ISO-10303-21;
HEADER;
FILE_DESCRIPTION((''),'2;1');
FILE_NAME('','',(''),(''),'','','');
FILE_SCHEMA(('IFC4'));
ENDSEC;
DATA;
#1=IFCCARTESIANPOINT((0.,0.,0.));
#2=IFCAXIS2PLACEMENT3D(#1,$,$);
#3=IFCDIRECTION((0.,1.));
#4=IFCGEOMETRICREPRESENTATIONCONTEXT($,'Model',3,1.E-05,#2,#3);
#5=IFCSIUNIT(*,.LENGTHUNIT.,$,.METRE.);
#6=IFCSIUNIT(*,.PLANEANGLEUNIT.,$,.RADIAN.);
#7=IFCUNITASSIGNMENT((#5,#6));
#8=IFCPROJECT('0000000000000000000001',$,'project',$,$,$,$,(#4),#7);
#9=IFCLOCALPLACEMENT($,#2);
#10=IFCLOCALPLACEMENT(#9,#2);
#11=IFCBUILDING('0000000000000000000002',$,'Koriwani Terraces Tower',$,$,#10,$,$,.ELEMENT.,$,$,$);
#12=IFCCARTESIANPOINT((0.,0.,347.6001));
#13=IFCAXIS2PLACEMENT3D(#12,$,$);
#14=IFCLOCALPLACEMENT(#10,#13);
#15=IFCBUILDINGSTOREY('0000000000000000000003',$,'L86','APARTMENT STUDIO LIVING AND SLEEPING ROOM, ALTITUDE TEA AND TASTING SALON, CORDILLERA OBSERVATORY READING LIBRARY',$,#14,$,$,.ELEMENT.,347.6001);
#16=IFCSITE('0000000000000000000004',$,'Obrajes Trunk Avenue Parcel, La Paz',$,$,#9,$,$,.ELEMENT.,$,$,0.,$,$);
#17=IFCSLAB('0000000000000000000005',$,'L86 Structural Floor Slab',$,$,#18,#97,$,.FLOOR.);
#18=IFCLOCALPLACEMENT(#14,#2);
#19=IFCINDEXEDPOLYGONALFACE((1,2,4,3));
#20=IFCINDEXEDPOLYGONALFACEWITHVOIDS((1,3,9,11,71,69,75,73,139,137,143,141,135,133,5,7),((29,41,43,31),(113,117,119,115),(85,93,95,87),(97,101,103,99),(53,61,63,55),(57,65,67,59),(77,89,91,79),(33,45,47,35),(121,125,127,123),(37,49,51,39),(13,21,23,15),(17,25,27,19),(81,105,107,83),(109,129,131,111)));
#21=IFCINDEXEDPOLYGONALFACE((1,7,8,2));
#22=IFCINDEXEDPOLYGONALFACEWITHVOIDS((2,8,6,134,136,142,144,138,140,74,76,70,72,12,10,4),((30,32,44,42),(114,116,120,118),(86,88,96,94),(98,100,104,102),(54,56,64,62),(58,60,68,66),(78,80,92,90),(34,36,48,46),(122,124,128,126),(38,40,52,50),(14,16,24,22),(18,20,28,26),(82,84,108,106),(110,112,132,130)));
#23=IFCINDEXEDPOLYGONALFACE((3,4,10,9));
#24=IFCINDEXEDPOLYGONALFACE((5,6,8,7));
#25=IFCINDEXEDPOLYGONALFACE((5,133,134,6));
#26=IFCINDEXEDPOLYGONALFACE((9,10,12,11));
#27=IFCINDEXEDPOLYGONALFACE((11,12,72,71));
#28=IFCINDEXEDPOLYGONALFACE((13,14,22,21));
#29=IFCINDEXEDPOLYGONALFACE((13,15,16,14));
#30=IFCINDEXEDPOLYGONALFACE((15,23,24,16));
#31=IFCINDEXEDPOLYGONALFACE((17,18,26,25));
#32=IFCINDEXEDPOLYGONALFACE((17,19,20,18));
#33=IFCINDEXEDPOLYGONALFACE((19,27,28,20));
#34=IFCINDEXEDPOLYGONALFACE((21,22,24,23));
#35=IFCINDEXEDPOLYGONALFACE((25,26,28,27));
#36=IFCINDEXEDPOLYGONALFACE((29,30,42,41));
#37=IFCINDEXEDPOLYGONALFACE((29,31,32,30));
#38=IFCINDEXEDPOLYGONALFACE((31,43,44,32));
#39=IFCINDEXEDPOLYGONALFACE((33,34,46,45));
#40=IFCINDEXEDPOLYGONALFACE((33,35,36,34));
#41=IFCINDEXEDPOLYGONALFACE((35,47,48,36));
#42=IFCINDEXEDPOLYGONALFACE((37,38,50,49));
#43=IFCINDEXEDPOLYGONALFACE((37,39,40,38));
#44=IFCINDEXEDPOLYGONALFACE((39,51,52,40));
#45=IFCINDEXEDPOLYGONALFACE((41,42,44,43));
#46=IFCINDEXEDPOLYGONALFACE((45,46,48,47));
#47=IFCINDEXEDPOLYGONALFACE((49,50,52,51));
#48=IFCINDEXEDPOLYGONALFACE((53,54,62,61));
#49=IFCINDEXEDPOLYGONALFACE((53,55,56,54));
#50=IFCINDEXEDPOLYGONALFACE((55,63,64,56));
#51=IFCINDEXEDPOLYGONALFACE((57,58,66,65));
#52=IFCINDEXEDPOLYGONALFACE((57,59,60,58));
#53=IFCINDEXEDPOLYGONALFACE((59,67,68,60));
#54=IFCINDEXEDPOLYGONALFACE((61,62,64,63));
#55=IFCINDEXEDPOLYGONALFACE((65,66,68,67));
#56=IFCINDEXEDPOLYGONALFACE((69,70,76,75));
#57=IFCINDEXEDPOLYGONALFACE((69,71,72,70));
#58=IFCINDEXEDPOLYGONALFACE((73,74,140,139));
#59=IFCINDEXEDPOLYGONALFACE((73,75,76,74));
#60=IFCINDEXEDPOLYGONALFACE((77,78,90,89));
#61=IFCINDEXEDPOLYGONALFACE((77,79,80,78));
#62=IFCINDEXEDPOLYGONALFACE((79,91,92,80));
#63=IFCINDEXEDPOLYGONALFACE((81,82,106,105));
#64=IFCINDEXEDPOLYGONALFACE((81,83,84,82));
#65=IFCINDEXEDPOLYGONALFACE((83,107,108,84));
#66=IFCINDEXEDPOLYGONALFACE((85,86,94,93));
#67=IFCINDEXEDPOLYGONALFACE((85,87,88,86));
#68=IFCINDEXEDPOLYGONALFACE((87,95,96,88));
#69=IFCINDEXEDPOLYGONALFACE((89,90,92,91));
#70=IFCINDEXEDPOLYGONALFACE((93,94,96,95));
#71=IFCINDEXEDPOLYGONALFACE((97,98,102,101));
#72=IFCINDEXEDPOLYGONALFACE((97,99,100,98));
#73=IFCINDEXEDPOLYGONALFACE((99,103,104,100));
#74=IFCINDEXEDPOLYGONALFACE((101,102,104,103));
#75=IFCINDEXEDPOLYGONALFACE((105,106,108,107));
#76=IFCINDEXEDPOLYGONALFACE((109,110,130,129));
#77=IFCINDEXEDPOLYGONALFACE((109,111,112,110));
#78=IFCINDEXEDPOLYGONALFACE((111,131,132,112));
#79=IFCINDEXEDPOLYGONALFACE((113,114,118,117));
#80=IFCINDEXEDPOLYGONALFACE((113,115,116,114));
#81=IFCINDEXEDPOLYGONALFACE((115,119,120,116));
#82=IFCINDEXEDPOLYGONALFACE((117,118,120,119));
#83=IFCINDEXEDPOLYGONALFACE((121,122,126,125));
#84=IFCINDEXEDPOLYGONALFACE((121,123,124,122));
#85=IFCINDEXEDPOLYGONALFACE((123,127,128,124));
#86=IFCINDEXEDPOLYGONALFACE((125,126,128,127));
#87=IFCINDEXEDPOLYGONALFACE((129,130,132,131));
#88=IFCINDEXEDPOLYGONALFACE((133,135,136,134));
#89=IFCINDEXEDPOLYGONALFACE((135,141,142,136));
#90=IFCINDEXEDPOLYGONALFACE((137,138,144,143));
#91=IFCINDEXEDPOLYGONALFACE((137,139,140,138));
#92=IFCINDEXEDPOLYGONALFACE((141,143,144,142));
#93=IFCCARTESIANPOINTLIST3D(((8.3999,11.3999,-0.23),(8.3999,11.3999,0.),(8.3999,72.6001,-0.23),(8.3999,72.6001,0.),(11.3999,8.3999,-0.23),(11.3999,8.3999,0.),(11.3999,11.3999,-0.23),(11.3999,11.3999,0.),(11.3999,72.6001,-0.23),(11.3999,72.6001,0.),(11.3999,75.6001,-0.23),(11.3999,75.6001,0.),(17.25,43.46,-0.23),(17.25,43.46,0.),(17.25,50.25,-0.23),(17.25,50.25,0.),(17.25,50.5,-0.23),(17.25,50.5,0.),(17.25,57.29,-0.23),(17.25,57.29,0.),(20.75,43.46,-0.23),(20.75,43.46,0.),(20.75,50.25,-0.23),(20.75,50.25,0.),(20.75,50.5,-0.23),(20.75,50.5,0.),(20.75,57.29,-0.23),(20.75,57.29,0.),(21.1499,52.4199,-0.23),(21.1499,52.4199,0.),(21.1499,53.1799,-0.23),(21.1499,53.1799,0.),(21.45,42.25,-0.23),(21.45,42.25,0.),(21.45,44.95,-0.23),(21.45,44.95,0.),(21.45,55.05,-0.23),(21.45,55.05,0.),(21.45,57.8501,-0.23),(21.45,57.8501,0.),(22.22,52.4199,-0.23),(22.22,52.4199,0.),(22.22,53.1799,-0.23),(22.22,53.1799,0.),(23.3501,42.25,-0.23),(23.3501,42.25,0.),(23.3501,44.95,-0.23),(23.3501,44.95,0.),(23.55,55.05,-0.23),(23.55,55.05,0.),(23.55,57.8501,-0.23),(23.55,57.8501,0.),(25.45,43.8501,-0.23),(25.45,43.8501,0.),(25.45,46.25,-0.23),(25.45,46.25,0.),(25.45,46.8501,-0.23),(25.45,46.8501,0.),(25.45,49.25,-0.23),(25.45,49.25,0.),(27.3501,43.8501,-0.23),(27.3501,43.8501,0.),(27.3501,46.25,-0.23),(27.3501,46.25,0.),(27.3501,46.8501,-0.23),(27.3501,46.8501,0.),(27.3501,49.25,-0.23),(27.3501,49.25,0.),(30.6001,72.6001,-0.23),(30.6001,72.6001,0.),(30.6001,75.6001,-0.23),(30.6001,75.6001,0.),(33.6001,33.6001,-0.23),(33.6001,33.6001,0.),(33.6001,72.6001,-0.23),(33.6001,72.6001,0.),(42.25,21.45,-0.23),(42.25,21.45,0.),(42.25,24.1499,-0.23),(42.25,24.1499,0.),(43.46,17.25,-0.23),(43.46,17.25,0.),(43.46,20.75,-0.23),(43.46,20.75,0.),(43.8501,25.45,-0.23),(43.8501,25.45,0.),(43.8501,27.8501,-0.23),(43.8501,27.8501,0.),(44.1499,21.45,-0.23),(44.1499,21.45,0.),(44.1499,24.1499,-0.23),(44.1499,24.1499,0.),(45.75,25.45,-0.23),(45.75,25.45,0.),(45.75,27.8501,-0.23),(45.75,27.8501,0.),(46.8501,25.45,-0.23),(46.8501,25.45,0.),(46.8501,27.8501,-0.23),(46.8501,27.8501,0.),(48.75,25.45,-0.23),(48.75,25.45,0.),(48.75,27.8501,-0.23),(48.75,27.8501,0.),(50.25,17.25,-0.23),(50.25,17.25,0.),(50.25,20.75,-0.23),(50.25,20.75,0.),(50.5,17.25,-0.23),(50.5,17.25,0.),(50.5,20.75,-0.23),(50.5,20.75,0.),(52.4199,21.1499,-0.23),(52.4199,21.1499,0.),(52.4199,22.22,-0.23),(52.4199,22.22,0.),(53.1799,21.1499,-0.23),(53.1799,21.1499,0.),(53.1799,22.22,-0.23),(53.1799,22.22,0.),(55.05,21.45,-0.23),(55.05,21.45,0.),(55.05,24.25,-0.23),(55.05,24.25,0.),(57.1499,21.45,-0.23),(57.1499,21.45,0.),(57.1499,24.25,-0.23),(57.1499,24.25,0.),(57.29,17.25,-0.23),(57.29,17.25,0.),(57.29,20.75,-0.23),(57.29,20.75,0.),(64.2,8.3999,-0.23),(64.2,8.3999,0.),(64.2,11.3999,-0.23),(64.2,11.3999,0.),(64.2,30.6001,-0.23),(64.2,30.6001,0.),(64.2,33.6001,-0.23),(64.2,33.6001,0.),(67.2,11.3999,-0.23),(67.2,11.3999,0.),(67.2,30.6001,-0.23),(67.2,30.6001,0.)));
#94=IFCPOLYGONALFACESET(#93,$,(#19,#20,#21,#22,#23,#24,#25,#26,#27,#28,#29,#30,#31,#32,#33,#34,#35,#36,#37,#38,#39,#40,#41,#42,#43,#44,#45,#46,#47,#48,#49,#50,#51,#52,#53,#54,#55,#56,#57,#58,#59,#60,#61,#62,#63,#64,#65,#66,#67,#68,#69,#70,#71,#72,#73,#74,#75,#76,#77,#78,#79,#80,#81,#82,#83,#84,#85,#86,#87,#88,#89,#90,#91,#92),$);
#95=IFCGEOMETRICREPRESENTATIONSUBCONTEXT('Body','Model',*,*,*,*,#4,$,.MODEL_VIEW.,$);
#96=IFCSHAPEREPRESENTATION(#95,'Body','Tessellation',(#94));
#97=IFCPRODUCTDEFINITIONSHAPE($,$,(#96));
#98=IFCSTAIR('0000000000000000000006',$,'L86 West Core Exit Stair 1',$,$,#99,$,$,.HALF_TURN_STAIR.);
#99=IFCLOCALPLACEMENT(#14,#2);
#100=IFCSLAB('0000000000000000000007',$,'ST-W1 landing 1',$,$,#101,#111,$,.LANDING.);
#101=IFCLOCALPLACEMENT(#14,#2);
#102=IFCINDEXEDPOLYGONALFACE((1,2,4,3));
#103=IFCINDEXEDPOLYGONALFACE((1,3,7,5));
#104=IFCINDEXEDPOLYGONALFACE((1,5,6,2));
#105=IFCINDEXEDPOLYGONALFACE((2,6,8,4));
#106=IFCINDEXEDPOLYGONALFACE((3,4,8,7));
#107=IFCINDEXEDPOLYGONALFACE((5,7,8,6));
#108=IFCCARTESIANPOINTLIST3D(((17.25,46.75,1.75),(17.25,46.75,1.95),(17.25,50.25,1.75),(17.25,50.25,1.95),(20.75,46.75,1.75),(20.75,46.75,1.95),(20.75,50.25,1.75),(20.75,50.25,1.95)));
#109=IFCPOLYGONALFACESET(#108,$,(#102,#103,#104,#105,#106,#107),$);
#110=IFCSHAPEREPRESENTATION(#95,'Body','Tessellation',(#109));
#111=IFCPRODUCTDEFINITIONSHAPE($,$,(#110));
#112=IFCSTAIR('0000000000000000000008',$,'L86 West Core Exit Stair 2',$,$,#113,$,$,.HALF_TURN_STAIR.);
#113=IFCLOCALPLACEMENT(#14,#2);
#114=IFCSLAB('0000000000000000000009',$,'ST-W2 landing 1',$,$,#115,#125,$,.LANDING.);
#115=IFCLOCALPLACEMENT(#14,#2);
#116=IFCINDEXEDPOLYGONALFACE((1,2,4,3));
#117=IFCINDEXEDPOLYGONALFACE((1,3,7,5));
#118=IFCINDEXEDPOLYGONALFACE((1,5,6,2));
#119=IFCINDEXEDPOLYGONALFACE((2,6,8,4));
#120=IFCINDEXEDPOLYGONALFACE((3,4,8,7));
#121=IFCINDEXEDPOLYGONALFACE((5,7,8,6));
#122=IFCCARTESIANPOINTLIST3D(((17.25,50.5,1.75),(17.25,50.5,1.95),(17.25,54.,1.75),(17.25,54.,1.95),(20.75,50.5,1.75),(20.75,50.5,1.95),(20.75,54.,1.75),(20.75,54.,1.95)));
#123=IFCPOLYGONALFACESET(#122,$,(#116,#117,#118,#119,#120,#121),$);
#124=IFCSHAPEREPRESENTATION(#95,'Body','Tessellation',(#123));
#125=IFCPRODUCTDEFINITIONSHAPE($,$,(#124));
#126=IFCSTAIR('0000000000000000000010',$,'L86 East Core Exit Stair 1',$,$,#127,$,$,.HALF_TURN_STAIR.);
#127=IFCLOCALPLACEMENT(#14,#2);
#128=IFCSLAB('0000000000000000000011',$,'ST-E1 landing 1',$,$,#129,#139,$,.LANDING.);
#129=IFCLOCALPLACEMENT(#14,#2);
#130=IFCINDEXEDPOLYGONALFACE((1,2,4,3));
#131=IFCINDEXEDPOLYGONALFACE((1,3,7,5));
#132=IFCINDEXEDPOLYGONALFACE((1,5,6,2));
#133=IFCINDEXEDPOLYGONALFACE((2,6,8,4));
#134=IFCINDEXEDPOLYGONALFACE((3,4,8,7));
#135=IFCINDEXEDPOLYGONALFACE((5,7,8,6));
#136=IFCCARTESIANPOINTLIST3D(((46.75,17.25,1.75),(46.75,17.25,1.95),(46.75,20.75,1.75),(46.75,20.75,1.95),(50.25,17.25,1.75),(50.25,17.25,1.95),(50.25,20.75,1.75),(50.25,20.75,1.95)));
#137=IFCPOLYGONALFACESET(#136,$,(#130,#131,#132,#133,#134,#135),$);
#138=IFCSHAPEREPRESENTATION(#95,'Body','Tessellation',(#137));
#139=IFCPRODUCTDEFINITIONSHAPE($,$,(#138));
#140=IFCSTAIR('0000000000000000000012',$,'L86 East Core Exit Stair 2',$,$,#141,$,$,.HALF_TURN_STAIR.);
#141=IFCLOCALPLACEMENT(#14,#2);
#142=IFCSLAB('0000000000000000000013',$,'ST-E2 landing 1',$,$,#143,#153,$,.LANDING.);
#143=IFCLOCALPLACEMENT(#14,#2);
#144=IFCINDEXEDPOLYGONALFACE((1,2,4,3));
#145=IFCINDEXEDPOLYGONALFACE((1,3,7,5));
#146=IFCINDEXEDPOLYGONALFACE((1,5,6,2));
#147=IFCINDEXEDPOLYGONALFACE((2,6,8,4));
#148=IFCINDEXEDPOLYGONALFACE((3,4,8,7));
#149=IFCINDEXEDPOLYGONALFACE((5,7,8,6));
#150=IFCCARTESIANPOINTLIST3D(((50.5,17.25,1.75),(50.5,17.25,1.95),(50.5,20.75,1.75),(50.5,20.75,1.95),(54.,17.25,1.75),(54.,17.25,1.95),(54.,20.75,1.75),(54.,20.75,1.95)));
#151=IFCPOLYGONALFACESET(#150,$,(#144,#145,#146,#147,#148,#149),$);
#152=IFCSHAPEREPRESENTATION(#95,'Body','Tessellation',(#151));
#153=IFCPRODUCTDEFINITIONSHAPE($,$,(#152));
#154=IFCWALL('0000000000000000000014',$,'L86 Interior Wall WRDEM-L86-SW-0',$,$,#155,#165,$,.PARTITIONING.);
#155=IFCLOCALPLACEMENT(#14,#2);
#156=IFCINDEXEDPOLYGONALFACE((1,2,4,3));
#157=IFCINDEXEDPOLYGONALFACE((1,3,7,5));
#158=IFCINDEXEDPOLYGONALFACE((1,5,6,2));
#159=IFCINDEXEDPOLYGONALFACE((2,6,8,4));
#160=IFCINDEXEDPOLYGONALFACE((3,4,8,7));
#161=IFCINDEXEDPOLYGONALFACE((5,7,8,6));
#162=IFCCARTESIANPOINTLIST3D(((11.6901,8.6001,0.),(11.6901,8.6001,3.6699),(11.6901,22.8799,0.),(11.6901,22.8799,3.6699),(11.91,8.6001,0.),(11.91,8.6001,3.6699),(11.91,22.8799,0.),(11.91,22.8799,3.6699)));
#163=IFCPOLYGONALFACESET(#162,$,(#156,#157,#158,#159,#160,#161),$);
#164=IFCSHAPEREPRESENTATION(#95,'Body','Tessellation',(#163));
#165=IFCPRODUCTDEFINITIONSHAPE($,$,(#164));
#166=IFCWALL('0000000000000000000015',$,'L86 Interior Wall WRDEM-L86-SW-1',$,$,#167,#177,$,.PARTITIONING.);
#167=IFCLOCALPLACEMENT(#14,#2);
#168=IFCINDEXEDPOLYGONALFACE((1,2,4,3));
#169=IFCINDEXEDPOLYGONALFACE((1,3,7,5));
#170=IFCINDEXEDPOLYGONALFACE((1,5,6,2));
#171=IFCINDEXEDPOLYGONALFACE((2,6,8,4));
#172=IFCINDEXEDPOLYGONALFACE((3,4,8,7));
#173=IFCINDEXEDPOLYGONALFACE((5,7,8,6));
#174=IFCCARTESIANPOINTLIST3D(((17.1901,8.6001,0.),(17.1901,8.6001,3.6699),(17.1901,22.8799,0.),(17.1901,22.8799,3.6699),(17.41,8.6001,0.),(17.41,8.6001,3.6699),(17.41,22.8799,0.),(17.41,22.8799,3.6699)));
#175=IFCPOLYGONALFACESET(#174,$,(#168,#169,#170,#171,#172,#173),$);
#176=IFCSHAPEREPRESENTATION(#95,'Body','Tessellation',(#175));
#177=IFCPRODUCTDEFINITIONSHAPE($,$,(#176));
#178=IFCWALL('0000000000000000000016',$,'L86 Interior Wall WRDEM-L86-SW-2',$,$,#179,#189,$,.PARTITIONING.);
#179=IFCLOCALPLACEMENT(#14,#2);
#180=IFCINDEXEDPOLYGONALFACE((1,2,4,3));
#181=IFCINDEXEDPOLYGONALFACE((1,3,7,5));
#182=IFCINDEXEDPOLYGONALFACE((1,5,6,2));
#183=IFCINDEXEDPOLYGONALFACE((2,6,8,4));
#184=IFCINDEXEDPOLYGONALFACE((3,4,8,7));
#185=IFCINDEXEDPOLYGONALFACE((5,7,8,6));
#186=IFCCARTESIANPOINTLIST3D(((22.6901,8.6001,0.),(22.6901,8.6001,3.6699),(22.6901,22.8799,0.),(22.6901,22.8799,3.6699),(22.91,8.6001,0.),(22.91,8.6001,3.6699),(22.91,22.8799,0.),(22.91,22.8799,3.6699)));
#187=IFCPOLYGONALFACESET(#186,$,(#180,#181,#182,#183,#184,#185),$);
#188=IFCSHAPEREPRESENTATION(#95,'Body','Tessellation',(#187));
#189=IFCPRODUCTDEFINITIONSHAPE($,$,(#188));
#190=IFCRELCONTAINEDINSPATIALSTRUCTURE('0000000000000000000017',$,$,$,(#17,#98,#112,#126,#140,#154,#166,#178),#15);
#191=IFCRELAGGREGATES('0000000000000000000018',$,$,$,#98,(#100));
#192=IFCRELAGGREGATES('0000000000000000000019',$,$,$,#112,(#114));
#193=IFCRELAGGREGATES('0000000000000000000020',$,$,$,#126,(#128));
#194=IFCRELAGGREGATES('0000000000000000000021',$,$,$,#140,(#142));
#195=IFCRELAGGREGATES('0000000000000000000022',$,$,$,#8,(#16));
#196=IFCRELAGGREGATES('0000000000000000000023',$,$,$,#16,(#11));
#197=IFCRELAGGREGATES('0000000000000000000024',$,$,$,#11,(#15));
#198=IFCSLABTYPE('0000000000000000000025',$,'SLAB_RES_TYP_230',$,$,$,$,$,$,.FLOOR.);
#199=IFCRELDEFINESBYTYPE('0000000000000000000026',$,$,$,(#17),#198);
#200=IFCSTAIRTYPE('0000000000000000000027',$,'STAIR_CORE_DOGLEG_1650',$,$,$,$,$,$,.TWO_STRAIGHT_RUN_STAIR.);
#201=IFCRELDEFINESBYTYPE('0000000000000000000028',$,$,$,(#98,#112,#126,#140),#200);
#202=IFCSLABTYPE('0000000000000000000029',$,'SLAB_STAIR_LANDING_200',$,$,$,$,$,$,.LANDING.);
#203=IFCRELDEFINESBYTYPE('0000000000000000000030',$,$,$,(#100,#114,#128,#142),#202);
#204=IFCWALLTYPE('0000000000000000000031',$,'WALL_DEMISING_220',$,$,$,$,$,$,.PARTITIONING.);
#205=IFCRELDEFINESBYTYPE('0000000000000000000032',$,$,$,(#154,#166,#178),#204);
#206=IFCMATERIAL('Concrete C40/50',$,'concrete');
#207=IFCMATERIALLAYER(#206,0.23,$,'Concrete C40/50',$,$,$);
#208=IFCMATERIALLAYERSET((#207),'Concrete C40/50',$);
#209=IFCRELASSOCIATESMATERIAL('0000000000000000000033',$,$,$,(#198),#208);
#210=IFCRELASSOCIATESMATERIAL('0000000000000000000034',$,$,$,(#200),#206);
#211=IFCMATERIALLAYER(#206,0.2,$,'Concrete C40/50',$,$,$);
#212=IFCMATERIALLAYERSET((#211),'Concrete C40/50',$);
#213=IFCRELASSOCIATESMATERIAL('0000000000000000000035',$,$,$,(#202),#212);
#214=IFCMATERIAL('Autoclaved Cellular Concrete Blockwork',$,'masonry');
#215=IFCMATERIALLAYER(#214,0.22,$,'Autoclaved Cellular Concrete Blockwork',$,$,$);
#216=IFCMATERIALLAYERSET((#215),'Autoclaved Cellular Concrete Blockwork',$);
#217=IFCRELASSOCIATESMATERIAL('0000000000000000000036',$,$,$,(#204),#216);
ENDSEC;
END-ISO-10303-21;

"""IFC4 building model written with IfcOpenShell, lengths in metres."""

from ifc_helpers import new_model, si_unit, direction, frame, frame_2d, origin, place, context, subcontext, project, spatial, polyline, rectangle, outline, extrude, material, layer, layer_set, type_object, element, aggregate, save


model = new_model("IFC4")

# Units and contexts
model_context = context("Model", 3, precision=1e-05, world=origin(), true_north=direction((0.0, 1.0)))
body_context = subcontext(model_context, "Body", "Model", "MODEL_VIEW")
ifc_project = project(units=[si_unit("LENGTHUNIT", "METRE"), si_unit("PLANEANGLEUNIT", "RADIAN")], contexts=[model_context])

# Site, building, storey
site_placement = place(None, origin())
site = spatial("IfcSite", under=ifc_project, at=site_placement, Name="Obrajes Trunk Avenue Parcel, La Paz", CompositionType="ELEMENT", RefElevation=0.0)
building_placement = place(site_placement, origin())
building = spatial("IfcBuilding", under=site, at=building_placement, Name="Koriwani Terraces Tower", CompositionType="ELEMENT")
storey_placement = place(building_placement, frame((0.0, 0.0, 347.6001)))
storey = spatial("IfcBuildingStorey", under=building, at=storey_placement, Name="L86", Description="APARTMENT STUDIO LIVING AND SLEEPING ROOM, ALTITUDE TEA AND TASTING SALON, CORDILLERA OBSERVATORY READING LIBRARY", CompositionType="ELEMENT", Elevation=347.6001)

# Shared definitions
ifc_material_1 = material(Name="Concrete C40/50", Category="concrete")

# Slab
ifc_layer_1 = layer(ifc_material_1, 0.23, Name="Concrete C40/50")
ifc_layer_set_1 = layer_set([ifc_layer_1], Name="Concrete C40/50")
slab_type_1 = type_object("IfcSlabType", Name="SLAB_RES_TYP_230", PredefinedType="FLOOR", material=ifc_layer_set_1)
slab_1_placement = place(storey_placement, frame((0.0, 0.0, -0.23)))
element("IfcSlab", 1, at=slab_1_placement, inside=storey, type_object=slab_type_1, Name="L86 Structural Floor Slab", PredefinedType="FLOOR", context=body_context, shape_type="SweptSolid", body=[
    extrude(outline(polyline([(11.3999, 8.3999), (64.2, 8.3999), (64.2, 11.3999), (67.2, 11.3999), (67.2, 30.6001), (64.2, 30.6001), (64.2, 33.6001), (33.6001, 33.6001), (33.6001, 72.6001), (30.6001, 72.6001), (30.6001, 75.6001), (11.3999, 75.6001), (11.3999, 72.6001), (8.3999, 72.6001), (8.3999, 11.3999), (11.3999, 11.3999), (11.3999, 8.3999)]), holes=[polyline([(17.25, 43.46), (20.75, 43.46), (20.75, 50.25), (17.25, 50.25), (17.25, 43.46)]), polyline([(17.25, 50.5), (20.75, 50.5), (20.75, 57.29), (17.25, 57.29), (17.25, 50.5)]), polyline([(43.46, 17.25), (50.25, 17.25), (50.25, 20.75), (43.46, 20.75), (43.46, 17.25)]), polyline([(50.5, 17.25), (57.29, 17.25), (57.29, 20.75), (50.5, 20.75), (50.5, 17.25)]), polyline([(25.45, 43.8501), (27.3501, 43.8501), (27.3501, 46.25), (25.45, 46.25), (25.45, 43.8501)]), polyline([(25.45, 46.8501), (27.3501, 46.8501), (27.3501, 49.25), (25.45, 49.25), (25.45, 46.8501)]), polyline([(43.8501, 25.45), (45.75, 25.45), (45.75, 27.8501), (43.8501, 27.8501), (43.8501, 25.45)]), polyline([(46.8501, 25.45), (48.75, 25.45), (48.75, 27.8501), (46.8501, 27.8501), (46.8501, 25.45)]), polyline([(21.45, 55.05), (23.55, 55.05), (23.55, 57.8501), (21.45, 57.8501), (21.45, 55.05)]), polyline([(55.05, 21.45), (57.1499, 21.45), (57.1499, 24.25), (55.05, 24.25), (55.05, 21.45)]), polyline([(21.45, 42.25), (23.3501, 42.25), (23.3501, 44.95), (21.45, 44.95), (21.45, 42.25)]), polyline([(42.25, 21.45), (44.1499, 21.45), (44.1499, 24.1499), (42.25, 24.1499), (42.25, 21.45)]), polyline([(21.1499, 52.4199), (22.22, 52.4199), (22.22, 53.1799), (21.1499, 53.1799), (21.1499, 52.4199)]), polyline([(52.4199, 21.1499), (53.1799, 21.1499), (53.1799, 22.22), (52.4199, 22.22), (52.4199, 21.1499)])]), origin(), (0.0, 0.0, 1.0), 0.23),
])

# Stairs, slabs
stair_type = type_object("IfcStairType", Name="STAIR_CORE_DOGLEG_1650", PredefinedType="TWO_STRAIGHT_RUN_STAIR", material=ifc_material_1)
stair_1_placement = place(storey_placement, origin())
stair_1 = element("IfcStair", 2, at=stair_1_placement, inside=storey, type_object=stair_type, Name="L86 West Core Exit Stair 1", PredefinedType="HALF_TURN_STAIR")
ifc_layer_2 = layer(ifc_material_1, 0.2, Name="Concrete C40/50")
ifc_layer_set_2 = layer_set([ifc_layer_2], Name="Concrete C40/50")
slab_type_2 = type_object("IfcSlabType", Name="SLAB_STAIR_LANDING_200", PredefinedType="LANDING", material=ifc_layer_set_2)
slab_2_placement = place(storey_placement, frame((0.0, 0.0, 1.75)))
slab_2 = element("IfcSlab", 3, at=slab_2_placement, type_object=slab_type_2, Name="ST-W1 landing 1", PredefinedType="LANDING", context=body_context, shape_type="SweptSolid", body=[
    extrude(outline(polyline([(20.75, 46.75), (20.75, 50.25), (17.25, 50.25), (17.25, 46.75), (20.75, 46.75)])), origin(), (0.0, 0.0, 1.0), 0.2),
])
aggregate(stair_1, [slab_2])
stair_2_placement = place(storey_placement, origin())
stair_2 = element("IfcStair", 4, at=stair_2_placement, inside=storey, type_object=stair_type, Name="L86 West Core Exit Stair 2", PredefinedType="HALF_TURN_STAIR")
slab_3_placement = place(storey_placement, frame((0.0, 0.0, 1.75)))
slab_3 = element("IfcSlab", 5, at=slab_3_placement, type_object=slab_type_2, Name="ST-W2 landing 1", PredefinedType="LANDING", context=body_context, shape_type="SweptSolid", body=[
    extrude(outline(polyline([(17.25, 54.0), (17.25, 50.5), (20.75, 50.5), (20.75, 54.0), (17.25, 54.0)])), origin(), (0.0, 0.0, 1.0), 0.2),
])
aggregate(stair_2, [slab_3])
stair_3_placement = place(storey_placement, origin())
stair_3 = element("IfcStair", 6, at=stair_3_placement, inside=storey, type_object=stair_type, Name="L86 East Core Exit Stair 1", PredefinedType="HALF_TURN_STAIR")
slab_4_placement = place(storey_placement, frame((0.0, 0.0, 1.75)))
slab_4 = element("IfcSlab", 7, at=slab_4_placement, type_object=slab_type_2, Name="ST-E1 landing 1", PredefinedType="LANDING", context=body_context, shape_type="SweptSolid", body=[
    extrude(outline(polyline([(46.75, 17.25), (50.25, 17.25), (50.25, 20.75), (46.75, 20.75), (46.75, 17.25)])), origin(), (0.0, 0.0, 1.0), 0.2),
])
aggregate(stair_3, [slab_4])
stair_4_placement = place(storey_placement, origin())
stair_4 = element("IfcStair", 8, at=stair_4_placement, inside=storey, type_object=stair_type, Name="L86 East Core Exit Stair 2", PredefinedType="HALF_TURN_STAIR")
slab_5_placement = place(storey_placement, frame((0.0, 0.0, 1.75)))
slab_5 = element("IfcSlab", 9, at=slab_5_placement, type_object=slab_type_2, Name="ST-E2 landing 1", PredefinedType="LANDING", context=body_context, shape_type="SweptSolid", body=[
    extrude(outline(polyline([(54.0, 20.75), (50.5, 20.75), (50.5, 17.25), (54.0, 17.25), (54.0, 20.75)])), origin(), (0.0, 0.0, 1.0), 0.2),
])
aggregate(stair_4, [slab_5])

# Walls
ifc_material_2 = material(Name="Autoclaved Cellular Concrete Blockwork", Category="masonry")
ifc_layer_3 = layer(ifc_material_2, 0.22, Name="Autoclaved Cellular Concrete Blockwork")
ifc_layer_set_3 = layer_set([ifc_layer_3], Name="Autoclaved Cellular Concrete Blockwork")
wall_type_1 = type_object("IfcWallType", Name="WALL_DEMISING_220", PredefinedType="PARTITIONING", material=ifc_layer_set_3)
for number, where, z_axis, x_axis, name in (
    (10, (11.8, 8.6001, 0.0), (0.0, 0.0, 1.0), (0.0, 1.0, 0.0), "L86 Interior Wall WRDEM-L86-SW-0"),
    (11, (17.3, 8.6001, 0.0), (0.0, 0.0, 1.0), (0.0, 1.0, 0.0), "L86 Interior Wall WRDEM-L86-SW-1"),
    (12, (22.8, 8.6001, 0.0), (0.0, 0.0, 1.0), (0.0, 1.0, 0.0), "L86 Interior Wall WRDEM-L86-SW-2"),
):
    element("IfcWall", number, at=place(storey_placement, frame(where, z_axis=z_axis, x_axis=x_axis)), inside=storey, type_object=wall_type_1, Name=name, PredefinedType="PARTITIONING", context=body_context, shape_type="SweptSolid", body=[
        extrude(rectangle(XDim=14.2798, YDim=0.22, at=frame_2d((7.1399, 0.0))), origin(), (0.0, 0.0, 1.0), 3.6699),
    ])

save(model, "model.ifc")
